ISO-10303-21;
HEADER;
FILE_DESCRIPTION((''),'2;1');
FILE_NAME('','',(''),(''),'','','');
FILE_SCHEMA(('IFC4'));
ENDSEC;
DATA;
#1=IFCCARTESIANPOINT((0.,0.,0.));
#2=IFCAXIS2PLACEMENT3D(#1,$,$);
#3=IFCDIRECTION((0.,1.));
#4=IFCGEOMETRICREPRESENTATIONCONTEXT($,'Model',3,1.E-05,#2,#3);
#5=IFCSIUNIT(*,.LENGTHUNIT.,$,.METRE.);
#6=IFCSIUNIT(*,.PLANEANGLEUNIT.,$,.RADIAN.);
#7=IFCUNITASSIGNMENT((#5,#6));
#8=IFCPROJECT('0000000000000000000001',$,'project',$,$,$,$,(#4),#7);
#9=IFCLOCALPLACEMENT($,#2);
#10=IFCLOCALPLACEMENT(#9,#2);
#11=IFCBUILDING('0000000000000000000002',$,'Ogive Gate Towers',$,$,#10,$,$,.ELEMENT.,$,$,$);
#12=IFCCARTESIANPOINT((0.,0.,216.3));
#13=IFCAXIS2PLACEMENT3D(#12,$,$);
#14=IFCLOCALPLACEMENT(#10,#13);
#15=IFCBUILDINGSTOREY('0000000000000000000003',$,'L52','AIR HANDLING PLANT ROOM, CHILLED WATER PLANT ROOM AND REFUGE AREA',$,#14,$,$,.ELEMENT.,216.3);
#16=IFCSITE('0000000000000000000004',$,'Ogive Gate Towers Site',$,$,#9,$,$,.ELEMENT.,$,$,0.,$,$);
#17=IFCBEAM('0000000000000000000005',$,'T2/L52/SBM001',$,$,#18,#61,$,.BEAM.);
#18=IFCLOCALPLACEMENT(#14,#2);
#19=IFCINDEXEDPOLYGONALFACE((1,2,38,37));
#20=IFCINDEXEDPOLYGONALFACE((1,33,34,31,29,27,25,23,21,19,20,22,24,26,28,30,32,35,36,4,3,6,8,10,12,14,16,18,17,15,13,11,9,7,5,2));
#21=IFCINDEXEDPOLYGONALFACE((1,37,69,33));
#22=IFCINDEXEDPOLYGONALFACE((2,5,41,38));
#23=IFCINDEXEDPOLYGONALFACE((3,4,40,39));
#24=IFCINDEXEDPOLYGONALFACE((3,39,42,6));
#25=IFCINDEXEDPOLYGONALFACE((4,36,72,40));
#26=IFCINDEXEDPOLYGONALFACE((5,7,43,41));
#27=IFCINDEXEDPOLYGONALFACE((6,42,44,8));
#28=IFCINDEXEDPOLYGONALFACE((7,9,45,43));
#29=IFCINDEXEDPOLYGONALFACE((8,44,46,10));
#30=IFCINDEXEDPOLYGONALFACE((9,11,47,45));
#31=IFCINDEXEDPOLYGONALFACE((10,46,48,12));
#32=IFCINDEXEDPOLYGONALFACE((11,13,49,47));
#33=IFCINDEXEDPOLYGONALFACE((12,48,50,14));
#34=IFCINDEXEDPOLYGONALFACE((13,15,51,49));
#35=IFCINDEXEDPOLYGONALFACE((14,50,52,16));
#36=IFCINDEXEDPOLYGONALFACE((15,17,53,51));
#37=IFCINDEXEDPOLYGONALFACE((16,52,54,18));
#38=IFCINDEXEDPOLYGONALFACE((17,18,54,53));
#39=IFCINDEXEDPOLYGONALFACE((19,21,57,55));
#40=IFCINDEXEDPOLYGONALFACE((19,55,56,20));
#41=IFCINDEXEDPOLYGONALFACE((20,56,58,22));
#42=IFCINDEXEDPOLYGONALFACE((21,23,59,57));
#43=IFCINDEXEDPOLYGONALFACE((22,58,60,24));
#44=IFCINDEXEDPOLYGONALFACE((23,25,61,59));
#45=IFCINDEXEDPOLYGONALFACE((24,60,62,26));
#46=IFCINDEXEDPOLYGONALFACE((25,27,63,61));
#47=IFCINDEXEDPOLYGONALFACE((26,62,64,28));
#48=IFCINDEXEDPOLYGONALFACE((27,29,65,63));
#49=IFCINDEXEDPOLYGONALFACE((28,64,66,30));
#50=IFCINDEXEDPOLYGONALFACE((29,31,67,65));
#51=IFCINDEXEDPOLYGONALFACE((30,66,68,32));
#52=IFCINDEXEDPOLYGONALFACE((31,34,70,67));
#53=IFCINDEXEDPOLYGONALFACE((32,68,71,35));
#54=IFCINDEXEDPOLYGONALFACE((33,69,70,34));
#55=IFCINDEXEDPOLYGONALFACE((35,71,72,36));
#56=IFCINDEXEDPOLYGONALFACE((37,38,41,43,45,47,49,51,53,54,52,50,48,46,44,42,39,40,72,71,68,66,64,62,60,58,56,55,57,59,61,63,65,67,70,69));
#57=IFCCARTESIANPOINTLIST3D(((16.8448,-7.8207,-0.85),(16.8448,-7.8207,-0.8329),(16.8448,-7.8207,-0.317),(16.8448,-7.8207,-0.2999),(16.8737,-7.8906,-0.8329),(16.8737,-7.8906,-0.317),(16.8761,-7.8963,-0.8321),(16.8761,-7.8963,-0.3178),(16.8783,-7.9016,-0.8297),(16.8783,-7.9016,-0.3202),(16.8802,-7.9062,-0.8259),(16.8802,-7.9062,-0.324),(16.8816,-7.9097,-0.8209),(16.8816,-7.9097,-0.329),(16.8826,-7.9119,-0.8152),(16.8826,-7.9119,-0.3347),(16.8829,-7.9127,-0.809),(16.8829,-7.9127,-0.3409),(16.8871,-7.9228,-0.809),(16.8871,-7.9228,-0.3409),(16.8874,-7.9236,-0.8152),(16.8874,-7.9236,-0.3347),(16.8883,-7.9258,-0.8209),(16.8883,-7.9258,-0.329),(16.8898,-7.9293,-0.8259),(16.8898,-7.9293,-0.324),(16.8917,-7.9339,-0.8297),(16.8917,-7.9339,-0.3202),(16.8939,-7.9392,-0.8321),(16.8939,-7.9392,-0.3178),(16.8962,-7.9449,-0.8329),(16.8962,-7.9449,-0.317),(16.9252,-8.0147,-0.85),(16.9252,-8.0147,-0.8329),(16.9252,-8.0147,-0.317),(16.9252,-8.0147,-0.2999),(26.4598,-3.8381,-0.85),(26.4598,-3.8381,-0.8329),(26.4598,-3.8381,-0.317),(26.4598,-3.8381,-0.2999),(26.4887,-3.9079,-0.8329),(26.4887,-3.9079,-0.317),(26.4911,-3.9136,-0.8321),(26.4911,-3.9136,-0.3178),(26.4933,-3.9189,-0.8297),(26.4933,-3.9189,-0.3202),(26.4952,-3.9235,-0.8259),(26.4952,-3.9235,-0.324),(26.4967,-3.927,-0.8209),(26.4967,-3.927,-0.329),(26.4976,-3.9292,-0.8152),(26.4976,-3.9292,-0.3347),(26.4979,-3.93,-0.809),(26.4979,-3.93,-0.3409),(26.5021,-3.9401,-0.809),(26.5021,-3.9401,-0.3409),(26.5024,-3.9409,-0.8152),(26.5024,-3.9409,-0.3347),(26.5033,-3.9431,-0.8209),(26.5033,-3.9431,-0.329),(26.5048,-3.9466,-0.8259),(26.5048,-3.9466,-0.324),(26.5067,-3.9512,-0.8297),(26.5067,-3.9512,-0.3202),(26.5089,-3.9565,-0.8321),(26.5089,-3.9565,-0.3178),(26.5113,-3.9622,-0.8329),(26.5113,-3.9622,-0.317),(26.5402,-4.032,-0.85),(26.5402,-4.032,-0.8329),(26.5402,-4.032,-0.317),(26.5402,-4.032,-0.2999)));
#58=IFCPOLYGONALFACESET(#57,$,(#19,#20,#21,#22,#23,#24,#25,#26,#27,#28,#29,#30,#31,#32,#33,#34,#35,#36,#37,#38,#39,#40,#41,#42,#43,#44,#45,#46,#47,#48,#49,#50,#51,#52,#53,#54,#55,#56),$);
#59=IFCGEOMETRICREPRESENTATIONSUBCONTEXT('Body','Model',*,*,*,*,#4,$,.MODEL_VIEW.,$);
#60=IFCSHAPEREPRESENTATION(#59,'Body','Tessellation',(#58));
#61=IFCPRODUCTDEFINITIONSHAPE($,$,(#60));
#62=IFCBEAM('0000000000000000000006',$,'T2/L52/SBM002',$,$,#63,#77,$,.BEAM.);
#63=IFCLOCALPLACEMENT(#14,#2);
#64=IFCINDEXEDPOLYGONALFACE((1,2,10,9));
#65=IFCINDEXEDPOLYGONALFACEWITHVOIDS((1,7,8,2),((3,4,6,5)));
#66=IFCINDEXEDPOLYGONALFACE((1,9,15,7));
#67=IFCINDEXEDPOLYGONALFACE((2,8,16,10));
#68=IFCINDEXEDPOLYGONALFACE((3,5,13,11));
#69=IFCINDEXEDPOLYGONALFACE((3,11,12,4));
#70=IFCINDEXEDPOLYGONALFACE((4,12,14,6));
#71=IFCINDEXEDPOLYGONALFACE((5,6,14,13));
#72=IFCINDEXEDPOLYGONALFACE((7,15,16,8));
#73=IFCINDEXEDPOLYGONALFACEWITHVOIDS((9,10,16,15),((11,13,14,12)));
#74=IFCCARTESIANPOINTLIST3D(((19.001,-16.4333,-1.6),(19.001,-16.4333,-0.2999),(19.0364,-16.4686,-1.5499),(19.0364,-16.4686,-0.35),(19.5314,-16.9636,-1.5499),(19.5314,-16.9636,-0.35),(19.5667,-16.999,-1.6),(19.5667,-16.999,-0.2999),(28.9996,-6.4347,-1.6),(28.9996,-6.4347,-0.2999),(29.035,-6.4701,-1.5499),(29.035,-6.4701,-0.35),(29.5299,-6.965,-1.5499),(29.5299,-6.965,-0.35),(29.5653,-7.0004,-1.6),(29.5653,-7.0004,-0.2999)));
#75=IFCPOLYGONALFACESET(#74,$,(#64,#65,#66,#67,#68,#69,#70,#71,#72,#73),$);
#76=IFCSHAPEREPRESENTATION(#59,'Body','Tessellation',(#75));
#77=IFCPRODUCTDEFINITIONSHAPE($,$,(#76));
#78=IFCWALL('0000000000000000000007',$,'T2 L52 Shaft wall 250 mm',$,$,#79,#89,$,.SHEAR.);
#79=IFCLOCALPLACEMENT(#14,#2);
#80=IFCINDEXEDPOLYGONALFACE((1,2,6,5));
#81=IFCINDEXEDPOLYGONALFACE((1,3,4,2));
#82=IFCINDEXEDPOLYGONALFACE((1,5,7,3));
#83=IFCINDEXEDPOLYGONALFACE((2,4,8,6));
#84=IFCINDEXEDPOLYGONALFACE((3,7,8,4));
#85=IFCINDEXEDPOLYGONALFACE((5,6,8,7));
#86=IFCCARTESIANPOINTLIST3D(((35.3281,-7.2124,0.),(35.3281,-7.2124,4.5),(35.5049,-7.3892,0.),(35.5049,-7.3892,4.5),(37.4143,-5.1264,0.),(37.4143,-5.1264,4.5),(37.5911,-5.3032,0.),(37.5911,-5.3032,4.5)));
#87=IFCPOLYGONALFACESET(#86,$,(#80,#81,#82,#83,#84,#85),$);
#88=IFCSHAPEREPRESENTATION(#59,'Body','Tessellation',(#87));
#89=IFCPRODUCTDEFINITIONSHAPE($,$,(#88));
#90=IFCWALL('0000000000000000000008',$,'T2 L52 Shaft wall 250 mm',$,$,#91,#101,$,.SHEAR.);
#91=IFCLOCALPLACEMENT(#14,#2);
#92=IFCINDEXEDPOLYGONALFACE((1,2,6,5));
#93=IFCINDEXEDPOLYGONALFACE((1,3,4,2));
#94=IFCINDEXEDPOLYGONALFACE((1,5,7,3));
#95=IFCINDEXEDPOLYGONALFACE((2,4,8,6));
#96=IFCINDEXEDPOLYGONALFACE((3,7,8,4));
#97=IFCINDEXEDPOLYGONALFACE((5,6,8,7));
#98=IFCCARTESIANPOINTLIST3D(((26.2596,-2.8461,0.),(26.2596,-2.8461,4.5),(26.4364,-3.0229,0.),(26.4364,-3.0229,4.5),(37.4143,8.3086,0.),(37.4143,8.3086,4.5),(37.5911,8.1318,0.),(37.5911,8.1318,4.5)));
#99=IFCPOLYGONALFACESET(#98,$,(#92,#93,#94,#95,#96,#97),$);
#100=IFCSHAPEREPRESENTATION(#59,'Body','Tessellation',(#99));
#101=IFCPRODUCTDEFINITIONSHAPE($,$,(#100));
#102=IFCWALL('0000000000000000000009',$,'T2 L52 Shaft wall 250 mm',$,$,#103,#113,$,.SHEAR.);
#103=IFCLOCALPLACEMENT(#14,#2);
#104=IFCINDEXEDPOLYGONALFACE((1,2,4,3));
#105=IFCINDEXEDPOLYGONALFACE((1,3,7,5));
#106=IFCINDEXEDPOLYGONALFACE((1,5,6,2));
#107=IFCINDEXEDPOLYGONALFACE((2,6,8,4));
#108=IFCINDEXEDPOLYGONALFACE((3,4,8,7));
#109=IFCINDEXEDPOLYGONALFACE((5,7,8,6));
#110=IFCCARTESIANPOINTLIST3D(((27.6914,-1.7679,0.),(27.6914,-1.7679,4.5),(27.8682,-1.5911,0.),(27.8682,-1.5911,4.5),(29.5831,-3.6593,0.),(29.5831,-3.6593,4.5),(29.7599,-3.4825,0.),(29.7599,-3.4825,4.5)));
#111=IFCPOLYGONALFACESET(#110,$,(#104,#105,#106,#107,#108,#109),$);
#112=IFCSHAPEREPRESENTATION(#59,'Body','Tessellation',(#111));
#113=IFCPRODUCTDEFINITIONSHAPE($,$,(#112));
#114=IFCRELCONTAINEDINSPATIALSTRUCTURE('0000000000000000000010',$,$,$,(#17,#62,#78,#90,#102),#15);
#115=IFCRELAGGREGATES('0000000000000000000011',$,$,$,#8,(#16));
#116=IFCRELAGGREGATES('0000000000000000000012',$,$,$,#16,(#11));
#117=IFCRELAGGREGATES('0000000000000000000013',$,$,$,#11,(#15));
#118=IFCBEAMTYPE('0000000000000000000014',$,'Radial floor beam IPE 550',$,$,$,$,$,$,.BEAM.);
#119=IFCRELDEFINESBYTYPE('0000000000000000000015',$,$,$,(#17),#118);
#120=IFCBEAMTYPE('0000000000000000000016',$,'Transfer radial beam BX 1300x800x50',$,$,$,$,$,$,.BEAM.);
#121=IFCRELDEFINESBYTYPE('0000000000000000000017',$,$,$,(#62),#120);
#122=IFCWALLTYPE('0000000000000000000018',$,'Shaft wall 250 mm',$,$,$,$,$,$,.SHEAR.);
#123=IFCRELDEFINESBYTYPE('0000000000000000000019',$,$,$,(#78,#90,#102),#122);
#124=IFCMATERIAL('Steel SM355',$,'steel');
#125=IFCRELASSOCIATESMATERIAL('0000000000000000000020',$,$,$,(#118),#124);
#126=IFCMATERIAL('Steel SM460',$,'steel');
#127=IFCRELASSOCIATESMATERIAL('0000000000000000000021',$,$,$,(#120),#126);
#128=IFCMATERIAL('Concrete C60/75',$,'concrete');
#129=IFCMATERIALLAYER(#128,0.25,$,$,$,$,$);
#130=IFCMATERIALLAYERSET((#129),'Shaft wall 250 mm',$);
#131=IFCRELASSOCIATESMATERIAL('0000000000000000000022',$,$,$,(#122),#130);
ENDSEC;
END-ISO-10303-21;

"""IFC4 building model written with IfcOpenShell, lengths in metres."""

from ifc_helpers import new_model, si_unit, direction, frame, frame_2d, origin, origin_2d, place, context, subcontext, project, spatial, rectangle, hollow_rectangle, i_section, extrude, material, layer, layer_set, material_profile, profile_set, type_object, element, save


model = new_model("IFC4")

# Units and contexts
model_context = context("Model", 3, precision=1e-05, world=origin(), true_north=direction((0.0, 1.0)))
body_context = subcontext(model_context, "Body", "Model", "MODEL_VIEW")
ifc_project = project(units=[si_unit("LENGTHUNIT", "METRE"), si_unit("PLANEANGLEUNIT", "RADIAN")], contexts=[model_context])

# Site, building, storey
site_placement = place(None, origin())
site = spatial("IfcSite", under=ifc_project, at=site_placement, Name="Ogive Gate Towers Site", CompositionType="ELEMENT", RefElevation=0.0)
building_placement = place(site_placement, origin())
building = spatial("IfcBuilding", under=site, at=building_placement, Name="Ogive Gate Towers", CompositionType="ELEMENT")
storey_placement = place(building_placement, frame((0.0, 0.0, 216.3)))
storey = spatial("IfcBuildingStorey", under=building, at=storey_placement, Name="L52", Description="AIR HANDLING PLANT ROOM, CHILLED WATER PLANT ROOM AND REFUGE AREA", CompositionType="ELEMENT", Elevation=216.3)

# Beams
ifc_material_1 = material(Name="Steel SM355", Category="steel")
ifc_material_profile_1 = material_profile(ifc_material_1, i_section(OverallWidth=0.21, OverallDepth=0.55, WebThickness=0.011, FlangeThickness=0.0171, FilletRadius=0.0239, at=origin_2d()), Name="IPE 550")
ifc_profile_set_1 = profile_set([ifc_material_profile_1], Name="Steel SM355")
beam_type_1 = type_object("IfcBeamType", Name="Radial floor beam IPE 550", PredefinedType="BEAM", material=ifc_profile_set_1)
beam_1_placement = place(storey_placement, frame((26.5, -3.9351, -0.575), z_axis=(-0.923879, -0.382684, 0.0), x_axis=(0.382684, -0.923879, 0.0)))
element("IfcBeam", 1, at=beam_1_placement, inside=storey, type_object=beam_type_1, Name="T2/L52/SBM001", PredefinedType="BEAM", context=body_context, shape_type="SweptSolid", body=[
    extrude(i_section(OverallWidth=0.21, OverallDepth=0.55, WebThickness=0.011, FlangeThickness=0.0171, FilletRadius=0.0239, at=origin_2d()), origin(), (0.0, 0.0, 1.0), 10.4072),
])
ifc_material_2 = material(Name="Steel SM460", Category="steel")
ifc_material_profile_2 = material_profile(ifc_material_2, hollow_rectangle(XDim=0.8, YDim=1.3, WallThickness=0.05, at=origin_2d()), Name="BX 1300x800x50")
ifc_profile_set_2 = profile_set([ifc_material_profile_2], Name="Steel SM460")
beam_type_2 = type_object("IfcBeamType", Name="Transfer radial beam BX 1300x800x50", PredefinedType="BEAM", material=ifc_profile_set_2)
beam_2_placement = place(storey_placement, frame((29.2825, -6.7175, -0.95), z_axis=(-0.707107, -0.707107, 0.0), x_axis=(0.707107, -0.707107, 0.0)))
element("IfcBeam", 2, at=beam_2_placement, inside=storey, type_object=beam_type_2, Name="T2/L52/SBM002", PredefinedType="BEAM", context=body_context, shape_type="SweptSolid", body=[
    extrude(hollow_rectangle(XDim=0.8, YDim=1.3, WallThickness=0.05, at=origin_2d()), origin(), (0.0, 0.0, 1.0), 14.1401),
])

# Walls
ifc_material_3 = material(Name="Concrete C60/75", Category="concrete")
ifc_layer_1 = layer(ifc_material_3, 0.25)
ifc_layer_set_1 = layer_set([ifc_layer_1], Name="Shaft wall 250 mm")
wall_type_1 = type_object("IfcWallType", Name="Shaft wall 250 mm", PredefinedType="SHEAR", material=ifc_layer_set_1)
wall_1_placement = place(storey_placement, frame((35.4165, -7.3008, 0.0), z_axis=(0.0, 0.0, 1.0), x_axis=(0.707148, 0.707065, 0.0)))
element("IfcWall", 3, at=wall_1_placement, inside=storey, type_object=wall_type_1, Name="T2 L52 Shaft wall 250 mm", PredefinedType="SHEAR", context=body_context, shape_type="SweptSolid", body=[
    extrude(rectangle(XDim=2.9502, YDim=0.25, at=frame_2d((1.4751, 0.0))), origin(), (0.0, 0.0, 1.0), 4.5),
])
wall_2_placement = place(storey_placement, frame((26.3479, -2.9346, 0.0), z_axis=(0.0, 0.0, 1.0), x_axis=(0.707107, 0.707107, 0.0)))
element("IfcWall", 4, at=wall_2_placement, inside=storey, type_object=wall_type_1, Name="T2 L52 Shaft wall 250 mm", PredefinedType="SHEAR", context=body_context, shape_type="SweptSolid", body=[
    extrude(rectangle(XDim=15.7751, YDim=0.25, at=frame_2d((7.8877, 0.0))), origin(), (0.0, 0.0, 1.0), 4.5),
])
wall_3_placement = place(storey_placement, frame((29.6714, -3.5708, 0.0), z_axis=(0.0, 0.0, 1.0), x_axis=(-0.707152, 0.707061, 0.0)))
element("IfcWall", 5, at=wall_3_placement, inside=storey, type_object=wall_type_1, Name="T2 L52 Shaft wall 250 mm", PredefinedType="SHEAR", context=body_context, shape_type="SweptSolid", body=[
    extrude(rectangle(XDim=2.675, YDim=0.25, at=frame_2d((1.3374, 0.0))), origin(), (0.0, 0.0, 1.0), 4.5),
])

save(model, "model.ifc")
